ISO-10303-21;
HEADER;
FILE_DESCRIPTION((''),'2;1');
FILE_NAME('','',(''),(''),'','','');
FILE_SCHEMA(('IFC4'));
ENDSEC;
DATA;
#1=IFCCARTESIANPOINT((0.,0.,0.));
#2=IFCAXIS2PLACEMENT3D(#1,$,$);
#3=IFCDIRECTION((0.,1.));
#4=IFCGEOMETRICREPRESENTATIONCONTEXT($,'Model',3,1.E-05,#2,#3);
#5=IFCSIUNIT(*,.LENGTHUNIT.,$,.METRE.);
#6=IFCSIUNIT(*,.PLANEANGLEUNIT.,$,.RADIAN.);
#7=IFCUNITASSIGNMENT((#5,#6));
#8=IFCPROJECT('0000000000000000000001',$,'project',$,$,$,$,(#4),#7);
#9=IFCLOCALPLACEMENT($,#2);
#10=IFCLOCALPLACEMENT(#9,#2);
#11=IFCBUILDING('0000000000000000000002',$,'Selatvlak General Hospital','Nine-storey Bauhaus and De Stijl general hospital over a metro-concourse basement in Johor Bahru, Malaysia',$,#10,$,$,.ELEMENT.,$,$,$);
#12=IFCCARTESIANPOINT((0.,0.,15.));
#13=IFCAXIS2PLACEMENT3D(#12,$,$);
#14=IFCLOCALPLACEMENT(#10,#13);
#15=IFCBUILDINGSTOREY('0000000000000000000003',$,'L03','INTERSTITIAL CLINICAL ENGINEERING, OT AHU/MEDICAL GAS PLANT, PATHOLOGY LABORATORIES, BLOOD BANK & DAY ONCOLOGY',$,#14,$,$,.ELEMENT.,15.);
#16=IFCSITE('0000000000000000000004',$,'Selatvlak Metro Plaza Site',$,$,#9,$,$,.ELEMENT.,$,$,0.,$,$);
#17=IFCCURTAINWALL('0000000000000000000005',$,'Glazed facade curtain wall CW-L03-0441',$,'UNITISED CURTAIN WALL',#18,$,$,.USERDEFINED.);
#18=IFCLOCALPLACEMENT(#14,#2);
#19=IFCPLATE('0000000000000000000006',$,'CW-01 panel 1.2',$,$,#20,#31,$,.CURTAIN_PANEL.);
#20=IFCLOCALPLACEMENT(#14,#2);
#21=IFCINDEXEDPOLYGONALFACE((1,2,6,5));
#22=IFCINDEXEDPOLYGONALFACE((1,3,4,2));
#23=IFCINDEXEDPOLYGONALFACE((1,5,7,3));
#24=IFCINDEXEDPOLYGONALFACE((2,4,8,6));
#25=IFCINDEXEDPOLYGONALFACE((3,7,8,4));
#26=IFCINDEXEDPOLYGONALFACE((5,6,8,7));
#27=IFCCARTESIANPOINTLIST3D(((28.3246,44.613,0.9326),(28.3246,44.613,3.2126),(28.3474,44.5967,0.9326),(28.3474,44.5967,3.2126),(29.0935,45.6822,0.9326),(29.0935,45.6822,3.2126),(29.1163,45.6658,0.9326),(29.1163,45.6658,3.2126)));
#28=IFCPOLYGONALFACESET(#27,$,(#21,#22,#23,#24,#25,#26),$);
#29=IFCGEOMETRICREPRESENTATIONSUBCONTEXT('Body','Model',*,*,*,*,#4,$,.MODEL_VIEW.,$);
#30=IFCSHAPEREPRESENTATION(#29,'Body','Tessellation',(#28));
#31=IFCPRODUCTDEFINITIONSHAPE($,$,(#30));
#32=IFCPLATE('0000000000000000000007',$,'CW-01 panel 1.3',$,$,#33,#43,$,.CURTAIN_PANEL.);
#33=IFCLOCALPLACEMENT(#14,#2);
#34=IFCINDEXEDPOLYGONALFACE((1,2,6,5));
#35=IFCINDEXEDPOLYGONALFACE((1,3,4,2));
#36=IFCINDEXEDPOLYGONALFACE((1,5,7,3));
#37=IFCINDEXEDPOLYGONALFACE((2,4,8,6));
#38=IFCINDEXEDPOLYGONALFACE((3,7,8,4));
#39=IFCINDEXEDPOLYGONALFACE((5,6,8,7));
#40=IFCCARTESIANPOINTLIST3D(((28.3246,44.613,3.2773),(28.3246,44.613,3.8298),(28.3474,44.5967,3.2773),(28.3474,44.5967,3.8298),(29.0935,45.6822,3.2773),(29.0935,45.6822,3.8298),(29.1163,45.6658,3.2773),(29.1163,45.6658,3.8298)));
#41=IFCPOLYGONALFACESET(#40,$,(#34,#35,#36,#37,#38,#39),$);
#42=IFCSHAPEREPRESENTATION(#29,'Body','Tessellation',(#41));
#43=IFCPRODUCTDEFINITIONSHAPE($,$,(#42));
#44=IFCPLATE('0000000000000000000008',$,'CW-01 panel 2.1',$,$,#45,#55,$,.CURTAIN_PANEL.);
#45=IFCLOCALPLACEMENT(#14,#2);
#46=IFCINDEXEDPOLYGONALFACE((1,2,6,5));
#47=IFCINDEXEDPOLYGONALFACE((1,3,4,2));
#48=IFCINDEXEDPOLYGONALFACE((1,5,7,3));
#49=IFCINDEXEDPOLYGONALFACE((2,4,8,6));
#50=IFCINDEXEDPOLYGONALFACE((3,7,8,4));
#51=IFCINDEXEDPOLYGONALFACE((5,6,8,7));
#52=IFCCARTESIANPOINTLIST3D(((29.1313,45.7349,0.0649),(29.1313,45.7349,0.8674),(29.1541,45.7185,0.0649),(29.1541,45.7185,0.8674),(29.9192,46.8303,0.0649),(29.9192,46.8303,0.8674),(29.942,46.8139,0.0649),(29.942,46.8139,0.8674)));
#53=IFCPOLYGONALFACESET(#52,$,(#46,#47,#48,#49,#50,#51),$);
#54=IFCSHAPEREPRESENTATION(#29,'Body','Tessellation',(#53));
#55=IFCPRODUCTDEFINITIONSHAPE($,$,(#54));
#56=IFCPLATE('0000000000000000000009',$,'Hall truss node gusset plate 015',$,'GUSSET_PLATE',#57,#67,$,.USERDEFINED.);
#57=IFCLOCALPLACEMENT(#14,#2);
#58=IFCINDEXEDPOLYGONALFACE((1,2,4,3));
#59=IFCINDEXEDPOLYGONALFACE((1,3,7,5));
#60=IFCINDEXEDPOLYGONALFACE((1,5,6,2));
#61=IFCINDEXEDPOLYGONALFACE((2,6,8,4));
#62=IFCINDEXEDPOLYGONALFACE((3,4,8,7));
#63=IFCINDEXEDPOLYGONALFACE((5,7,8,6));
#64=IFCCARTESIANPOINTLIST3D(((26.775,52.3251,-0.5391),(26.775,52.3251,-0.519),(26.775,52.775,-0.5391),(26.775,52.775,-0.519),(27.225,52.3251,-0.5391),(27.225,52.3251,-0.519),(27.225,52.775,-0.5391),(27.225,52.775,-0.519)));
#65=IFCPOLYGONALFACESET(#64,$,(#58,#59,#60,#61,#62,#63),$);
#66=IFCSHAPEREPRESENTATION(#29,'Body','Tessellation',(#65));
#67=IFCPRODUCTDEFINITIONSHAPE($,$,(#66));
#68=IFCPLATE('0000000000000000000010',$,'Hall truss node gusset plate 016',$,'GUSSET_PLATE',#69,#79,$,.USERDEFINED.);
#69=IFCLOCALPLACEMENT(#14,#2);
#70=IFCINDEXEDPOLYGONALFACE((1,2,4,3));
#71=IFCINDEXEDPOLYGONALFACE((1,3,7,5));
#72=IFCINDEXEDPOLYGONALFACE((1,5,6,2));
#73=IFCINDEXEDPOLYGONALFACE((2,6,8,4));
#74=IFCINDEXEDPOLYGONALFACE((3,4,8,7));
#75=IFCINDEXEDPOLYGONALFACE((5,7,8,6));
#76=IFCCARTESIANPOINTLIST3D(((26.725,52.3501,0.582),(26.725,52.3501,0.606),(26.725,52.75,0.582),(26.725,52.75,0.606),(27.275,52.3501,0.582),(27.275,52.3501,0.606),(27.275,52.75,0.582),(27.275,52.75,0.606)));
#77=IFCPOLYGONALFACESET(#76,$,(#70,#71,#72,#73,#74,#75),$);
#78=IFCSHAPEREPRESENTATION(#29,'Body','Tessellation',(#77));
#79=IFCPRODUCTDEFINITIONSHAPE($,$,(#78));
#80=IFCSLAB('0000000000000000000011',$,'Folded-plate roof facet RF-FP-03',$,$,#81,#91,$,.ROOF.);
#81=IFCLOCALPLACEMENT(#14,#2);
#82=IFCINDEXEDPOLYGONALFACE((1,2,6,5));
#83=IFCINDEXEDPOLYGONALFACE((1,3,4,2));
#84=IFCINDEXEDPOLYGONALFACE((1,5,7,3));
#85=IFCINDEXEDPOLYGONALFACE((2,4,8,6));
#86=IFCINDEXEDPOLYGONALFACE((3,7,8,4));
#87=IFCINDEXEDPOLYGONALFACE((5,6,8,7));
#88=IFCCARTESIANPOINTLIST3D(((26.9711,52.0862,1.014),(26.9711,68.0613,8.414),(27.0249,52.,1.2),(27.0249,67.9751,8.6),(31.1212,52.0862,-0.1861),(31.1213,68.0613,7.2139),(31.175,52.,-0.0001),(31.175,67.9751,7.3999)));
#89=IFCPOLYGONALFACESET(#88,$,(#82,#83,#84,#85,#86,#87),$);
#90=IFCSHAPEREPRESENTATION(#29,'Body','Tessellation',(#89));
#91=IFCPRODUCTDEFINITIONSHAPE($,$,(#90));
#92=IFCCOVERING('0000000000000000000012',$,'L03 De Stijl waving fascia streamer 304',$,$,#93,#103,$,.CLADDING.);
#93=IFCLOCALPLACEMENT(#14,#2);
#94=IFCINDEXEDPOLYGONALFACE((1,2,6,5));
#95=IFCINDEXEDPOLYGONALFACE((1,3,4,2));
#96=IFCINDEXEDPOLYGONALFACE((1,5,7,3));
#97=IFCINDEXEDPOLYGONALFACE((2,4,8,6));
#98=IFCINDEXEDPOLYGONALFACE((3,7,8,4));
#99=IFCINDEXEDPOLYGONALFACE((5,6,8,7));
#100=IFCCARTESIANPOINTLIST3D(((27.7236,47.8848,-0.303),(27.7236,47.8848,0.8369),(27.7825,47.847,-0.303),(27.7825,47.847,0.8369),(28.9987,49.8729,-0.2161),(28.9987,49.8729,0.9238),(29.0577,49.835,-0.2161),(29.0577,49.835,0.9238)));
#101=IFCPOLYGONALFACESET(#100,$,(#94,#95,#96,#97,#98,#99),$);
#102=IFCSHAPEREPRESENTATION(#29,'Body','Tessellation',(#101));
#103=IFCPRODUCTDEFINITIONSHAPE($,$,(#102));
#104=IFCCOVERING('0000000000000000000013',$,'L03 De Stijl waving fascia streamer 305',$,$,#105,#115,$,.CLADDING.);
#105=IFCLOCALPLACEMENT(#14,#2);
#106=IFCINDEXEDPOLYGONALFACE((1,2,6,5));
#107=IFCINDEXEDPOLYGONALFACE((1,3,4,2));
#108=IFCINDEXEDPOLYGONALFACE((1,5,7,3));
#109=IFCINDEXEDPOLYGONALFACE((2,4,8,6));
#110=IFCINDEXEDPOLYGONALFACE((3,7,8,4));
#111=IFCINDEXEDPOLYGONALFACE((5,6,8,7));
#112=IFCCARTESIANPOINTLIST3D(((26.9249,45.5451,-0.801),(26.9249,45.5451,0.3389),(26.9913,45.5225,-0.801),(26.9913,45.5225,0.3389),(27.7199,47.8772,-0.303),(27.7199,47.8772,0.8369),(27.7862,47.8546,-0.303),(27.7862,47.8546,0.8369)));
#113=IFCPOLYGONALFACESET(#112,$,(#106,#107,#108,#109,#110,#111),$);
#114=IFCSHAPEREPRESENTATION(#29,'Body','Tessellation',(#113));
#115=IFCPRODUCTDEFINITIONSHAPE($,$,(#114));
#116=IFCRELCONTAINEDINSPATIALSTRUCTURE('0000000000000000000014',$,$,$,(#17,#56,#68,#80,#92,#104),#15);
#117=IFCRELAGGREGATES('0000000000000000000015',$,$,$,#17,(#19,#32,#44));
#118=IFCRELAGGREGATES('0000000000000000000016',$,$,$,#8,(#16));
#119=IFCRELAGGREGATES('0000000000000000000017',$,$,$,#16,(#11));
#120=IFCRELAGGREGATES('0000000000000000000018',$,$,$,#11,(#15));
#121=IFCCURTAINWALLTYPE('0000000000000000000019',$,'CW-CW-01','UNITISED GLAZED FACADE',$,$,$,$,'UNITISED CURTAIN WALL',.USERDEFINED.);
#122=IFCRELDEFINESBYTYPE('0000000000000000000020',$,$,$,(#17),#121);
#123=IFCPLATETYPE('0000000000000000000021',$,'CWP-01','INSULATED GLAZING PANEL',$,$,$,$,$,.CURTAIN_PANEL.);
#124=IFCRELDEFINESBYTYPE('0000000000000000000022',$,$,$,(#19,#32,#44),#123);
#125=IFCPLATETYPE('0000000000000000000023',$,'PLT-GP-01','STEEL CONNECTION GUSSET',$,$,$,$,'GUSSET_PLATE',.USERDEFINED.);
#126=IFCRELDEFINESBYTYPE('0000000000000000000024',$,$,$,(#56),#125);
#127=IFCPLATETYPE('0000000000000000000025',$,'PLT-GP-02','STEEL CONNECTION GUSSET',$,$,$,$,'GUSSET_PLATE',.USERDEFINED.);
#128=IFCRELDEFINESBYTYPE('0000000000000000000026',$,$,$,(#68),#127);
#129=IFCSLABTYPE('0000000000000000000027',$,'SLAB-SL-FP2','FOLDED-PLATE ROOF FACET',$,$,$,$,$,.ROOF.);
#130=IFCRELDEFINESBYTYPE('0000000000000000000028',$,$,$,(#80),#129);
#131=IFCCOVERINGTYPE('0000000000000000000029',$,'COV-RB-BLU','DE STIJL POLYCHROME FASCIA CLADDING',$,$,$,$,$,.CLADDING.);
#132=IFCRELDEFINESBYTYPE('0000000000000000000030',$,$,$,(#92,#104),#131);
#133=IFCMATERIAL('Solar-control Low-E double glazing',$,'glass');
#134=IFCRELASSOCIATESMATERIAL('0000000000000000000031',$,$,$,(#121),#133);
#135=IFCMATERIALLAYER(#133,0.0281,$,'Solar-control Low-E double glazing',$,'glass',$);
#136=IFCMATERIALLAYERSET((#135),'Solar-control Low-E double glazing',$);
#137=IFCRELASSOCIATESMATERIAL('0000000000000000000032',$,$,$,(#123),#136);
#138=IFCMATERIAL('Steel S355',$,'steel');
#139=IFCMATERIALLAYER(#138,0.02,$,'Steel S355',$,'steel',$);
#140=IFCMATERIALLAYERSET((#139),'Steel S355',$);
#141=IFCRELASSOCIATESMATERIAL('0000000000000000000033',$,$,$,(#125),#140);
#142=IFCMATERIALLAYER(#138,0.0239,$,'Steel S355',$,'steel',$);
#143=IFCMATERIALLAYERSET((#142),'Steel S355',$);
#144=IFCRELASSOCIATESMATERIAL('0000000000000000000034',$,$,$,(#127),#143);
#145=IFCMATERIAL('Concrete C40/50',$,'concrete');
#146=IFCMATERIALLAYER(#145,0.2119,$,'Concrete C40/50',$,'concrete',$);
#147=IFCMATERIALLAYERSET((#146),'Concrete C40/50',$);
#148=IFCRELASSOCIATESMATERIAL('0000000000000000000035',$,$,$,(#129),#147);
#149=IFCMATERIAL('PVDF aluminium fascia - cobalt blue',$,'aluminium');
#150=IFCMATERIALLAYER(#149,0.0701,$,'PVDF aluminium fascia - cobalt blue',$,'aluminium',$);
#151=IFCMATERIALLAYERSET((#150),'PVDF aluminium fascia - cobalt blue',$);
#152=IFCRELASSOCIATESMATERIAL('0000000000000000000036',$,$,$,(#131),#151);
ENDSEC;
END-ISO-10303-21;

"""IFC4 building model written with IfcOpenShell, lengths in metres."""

from ifc_helpers import new_model, si_unit, direction, frame, origin, origin_2d, place, context, subcontext, project, spatial, polyline, rectangle, outline, extrude, material, layer, layer_set, type_object, element, aggregate, save


model = new_model("IFC4")

# Units and contexts
model_context = context("Model", 3, precision=1e-05, world=origin(), true_north=direction((0.0, 1.0)))
body_context = subcontext(model_context, "Body", "Model", "MODEL_VIEW")
ifc_project = project(units=[si_unit("LENGTHUNIT", "METRE"), si_unit("PLANEANGLEUNIT", "RADIAN")], contexts=[model_context])

# Site, building, storey
site_placement = place(None, origin())
site = spatial("IfcSite", under=ifc_project, at=site_placement, Name="Selatvlak Metro Plaza Site", CompositionType="ELEMENT", RefElevation=0.0)
building_placement = place(site_placement, origin())
building = spatial("IfcBuilding", under=site, at=building_placement, Name="Selatvlak General Hospital", Description="Nine-storey Bauhaus and De Stijl general hospital over a metro-concourse basement in Johor Bahru, Malaysia", CompositionType="ELEMENT")
storey_placement = place(building_placement, frame((0.0, 0.0, 15.0)))
storey = spatial("IfcBuildingStorey", under=building, at=storey_placement, Name="L03", Description="INTERSTITIAL CLINICAL ENGINEERING, OT AHU/MEDICAL GAS PLANT, PATHOLOGY LABORATORIES, BLOOD BANK & DAY ONCOLOGY", CompositionType="ELEMENT", Elevation=15.0)

# Shared definitions
ifc_material_1 = material(Name="Steel S355", Category="steel")

# Curtain wall
ifc_material_2 = material(Name="Solar-control Low-E double glazing", Category="glass")
curtain_wall_type_1 = type_object("IfcCurtainWallType", Name="CW-CW-01", Description="UNITISED GLAZED FACADE", ElementType="UNITISED CURTAIN WALL", PredefinedType="USERDEFINED", material=ifc_material_2)
curtain_wall_1_placement = place(storey_placement, origin())
curtain_wall_1 = element("IfcCurtainWall", 1, at=curtain_wall_1_placement, inside=storey, type_object=curtain_wall_type_1, Name="Glazed facade curtain wall CW-L03-0441", ObjectType="UNITISED CURTAIN WALL", PredefinedType="USERDEFINED")

# Plates
ifc_layer_1 = layer(ifc_material_2, 0.0281, Name="Solar-control Low-E double glazing", Category="glass")
ifc_layer_set_1 = layer_set([ifc_layer_1], Name="Solar-control Low-E double glazing")
plate_type_1 = type_object("IfcPlateType", Name="CWP-01", Description="INSULATED GLAZING PANEL", PredefinedType="CURTAIN_PANEL", material=ifc_layer_set_1)
plate_1_placement = place(storey_placement, frame((28.7205, 45.1394, 0.9326), z_axis=(0.0, 0.0, 1.0), x_axis=(0.583884, 0.811837, 0.0)))
plate_1 = element("IfcPlate", 2, at=plate_1_placement, type_object=plate_type_1, Name="CW-01 panel 1.2", PredefinedType="CURTAIN_PANEL", context=body_context, shape_type="SweptSolid", body=[
    extrude(rectangle(XDim=1.3169, YDim=0.0281, at=origin_2d()), origin(), (0.0, 0.0, 1.0), 2.28),
])
plate_2_placement = place(storey_placement, frame((28.7205, 45.1394, 3.2773), z_axis=(0.0, 0.0, 1.0), x_axis=(0.583884, 0.811837, 0.0)))
plate_2 = element("IfcPlate", 3, at=plate_2_placement, type_object=plate_type_1, Name="CW-01 panel 1.3", PredefinedType="CURTAIN_PANEL", context=body_context, shape_type="SweptSolid", body=[
    extrude(rectangle(XDim=1.3169, YDim=0.0281, at=origin_2d()), origin(), (0.0, 0.0, 1.0), 0.5525),
])
plate_3_placement = place(storey_placement, frame((29.5366, 46.2744, 0.0649), z_axis=(0.0, 0.0, 1.0), x_axis=(0.583884, 0.811837, 0.0)))
plate_3 = element("IfcPlate", 4, at=plate_3_placement, type_object=plate_type_1, Name="CW-01 panel 2.1", PredefinedType="CURTAIN_PANEL", context=body_context, shape_type="SweptSolid", body=[
    extrude(rectangle(XDim=1.3494, YDim=0.0281, at=origin_2d()), origin(), (0.0, 0.0, 1.0), 0.8025),
])
aggregate(curtain_wall_1, [plate_1, plate_2, plate_3])

# Plates
ifc_layer_2 = layer(ifc_material_1, 0.02, Name="Steel S355", Category="steel")
ifc_layer_set_2 = layer_set([ifc_layer_2], Name="Steel S355")
plate_type_2 = type_object("IfcPlateType", Name="PLT-GP-01", Description="STEEL CONNECTION GUSSET", ElementType="GUSSET_PLATE", PredefinedType="USERDEFINED", material=ifc_layer_set_2)
plate_4_placement = place(storey_placement, frame((27.0, 52.55, -0.5391), z_axis=(0.0, 0.0, 1.0), x_axis=(1.0, 0.0, 0.0)))
element("IfcPlate", 5, at=plate_4_placement, inside=storey, type_object=plate_type_2, Name="Hall truss node gusset plate 015", ObjectType="GUSSET_PLATE", PredefinedType="USERDEFINED", context=body_context, shape_type="SweptSolid", body=[
    extrude(rectangle(XDim=0.45, YDim=0.45, at=origin_2d()), origin(), (0.0, 0.0, 1.0), 0.02),
])
ifc_layer_3 = layer(ifc_material_1, 0.0239, Name="Steel S355", Category="steel")
ifc_layer_set_3 = layer_set([ifc_layer_3], Name="Steel S355")
plate_type_3 = type_object("IfcPlateType", Name="PLT-GP-02", Description="STEEL CONNECTION GUSSET", ElementType="GUSSET_PLATE", PredefinedType="USERDEFINED", material=ifc_layer_set_3)
plate_5_placement = place(storey_placement, frame((27.0, 52.55, 0.582), z_axis=(0.0, 0.0, 1.0), x_axis=(1.0, 0.0, 0.0)))
element("IfcPlate", 6, at=plate_5_placement, inside=storey, type_object=plate_type_3, Name="Hall truss node gusset plate 016", ObjectType="GUSSET_PLATE", PredefinedType="USERDEFINED", context=body_context, shape_type="SweptSolid", body=[
    extrude(rectangle(XDim=0.55, YDim=0.3999, at=origin_2d()), origin(), (0.0, 0.0, 1.0), 0.0239),
])

# Slab
ifc_material_3 = material(Name="Concrete C40/50", Category="concrete")
ifc_layer_4 = layer(ifc_material_3, 0.2119, Name="Concrete C40/50", Category="concrete")
ifc_layer_set_4 = layer_set([ifc_layer_4], Name="Concrete C40/50")
slab_type = type_object("IfcSlabType", Name="SLAB-SL-FP2", Description="FOLDED-PLATE ROOF FACET", PredefinedType="ROOF", material=ifc_layer_set_4)
slab_placement = place(storey_placement, frame((27.0249, 52.0, 1.2), z_axis=(0.25379, -0.406556, 0.877669), x_axis=(0.960645, 0.00001, -0.277779)))
element("IfcSlab", 7, at=slab_placement, inside=storey, type_object=slab_type, Name="Folded-plate roof facet RF-FP-03", PredefinedType="ROOF", context=body_context, shape_type="SweptSolid", body=[
    extrude(outline(polyline([(0.0, 0.0), (4.3201, 0.0), (2.2648, 17.4854), (-2.0554, 17.4855), (0.0, 0.0)])), origin(), (0.0, 0.0, -1.0), 0.2119),
])

# Coverings
ifc_material_4 = material(Name="PVDF aluminium fascia - cobalt blue", Category="aluminium")
ifc_layer_5 = layer(ifc_material_4, 0.0701, Name="PVDF aluminium fascia - cobalt blue", Category="aluminium")
ifc_layer_set_5 = layer_set([ifc_layer_5], Name="PVDF aluminium fascia - cobalt blue")
covering_type = type_object("IfcCoveringType", Name="COV-RB-BLU", Description="DE STIJL POLYCHROME FASCIA CLADDING", PredefinedType="CLADDING", material=ifc_layer_set_5)
covering_1_placement = place(storey_placement, frame((29.0281, 49.854, -0.2161), z_axis=(0.0, 0.0, 1.0), x_axis=(-0.539895, -0.841732, 0.0)))
element("IfcCovering", 8, at=covering_1_placement, inside=storey, type_object=covering_type, Name="L03 De Stijl waving fascia streamer 304", PredefinedType="CLADDING", context=body_context, shape_type="SweptSolid", body=[
    extrude(outline(polyline([(0.0, 0.0), (2.3618, -0.0869), (2.3618, 1.053), (0.0, 1.1399), (0.0, 0.0)])), frame((0.0, 0.0352, 0.0), z_axis=(0.0, -1.0, 0.0), x_axis=(1.0, 0.0, 0.0)), (0.0, 0.0, 1.0), 0.0701),
])
covering_2_placement = place(storey_placement, frame((27.7529, 47.866, -0.303), z_axis=(0.0, 0.0, 1.0), x_axis=(-0.322642, -0.946521, 0.0)))
element("IfcCovering", 9, at=covering_2_placement, inside=storey, type_object=covering_type, Name="L03 De Stijl waving fascia streamer 305", PredefinedType="CLADDING", context=body_context, shape_type="SweptSolid", body=[
    extrude(outline(polyline([(0.0, 0.0), (2.4639, -0.498), (2.4639, 0.6418), (0.0, 1.1399), (0.0, 0.0)])), frame((0.0, 0.0352, 0.0), z_axis=(0.0, -1.0, 0.0), x_axis=(1.0, 0.0, 0.0)), (0.0, 0.0, 1.0), 0.0701),
])

save(model, "model.ifc")
